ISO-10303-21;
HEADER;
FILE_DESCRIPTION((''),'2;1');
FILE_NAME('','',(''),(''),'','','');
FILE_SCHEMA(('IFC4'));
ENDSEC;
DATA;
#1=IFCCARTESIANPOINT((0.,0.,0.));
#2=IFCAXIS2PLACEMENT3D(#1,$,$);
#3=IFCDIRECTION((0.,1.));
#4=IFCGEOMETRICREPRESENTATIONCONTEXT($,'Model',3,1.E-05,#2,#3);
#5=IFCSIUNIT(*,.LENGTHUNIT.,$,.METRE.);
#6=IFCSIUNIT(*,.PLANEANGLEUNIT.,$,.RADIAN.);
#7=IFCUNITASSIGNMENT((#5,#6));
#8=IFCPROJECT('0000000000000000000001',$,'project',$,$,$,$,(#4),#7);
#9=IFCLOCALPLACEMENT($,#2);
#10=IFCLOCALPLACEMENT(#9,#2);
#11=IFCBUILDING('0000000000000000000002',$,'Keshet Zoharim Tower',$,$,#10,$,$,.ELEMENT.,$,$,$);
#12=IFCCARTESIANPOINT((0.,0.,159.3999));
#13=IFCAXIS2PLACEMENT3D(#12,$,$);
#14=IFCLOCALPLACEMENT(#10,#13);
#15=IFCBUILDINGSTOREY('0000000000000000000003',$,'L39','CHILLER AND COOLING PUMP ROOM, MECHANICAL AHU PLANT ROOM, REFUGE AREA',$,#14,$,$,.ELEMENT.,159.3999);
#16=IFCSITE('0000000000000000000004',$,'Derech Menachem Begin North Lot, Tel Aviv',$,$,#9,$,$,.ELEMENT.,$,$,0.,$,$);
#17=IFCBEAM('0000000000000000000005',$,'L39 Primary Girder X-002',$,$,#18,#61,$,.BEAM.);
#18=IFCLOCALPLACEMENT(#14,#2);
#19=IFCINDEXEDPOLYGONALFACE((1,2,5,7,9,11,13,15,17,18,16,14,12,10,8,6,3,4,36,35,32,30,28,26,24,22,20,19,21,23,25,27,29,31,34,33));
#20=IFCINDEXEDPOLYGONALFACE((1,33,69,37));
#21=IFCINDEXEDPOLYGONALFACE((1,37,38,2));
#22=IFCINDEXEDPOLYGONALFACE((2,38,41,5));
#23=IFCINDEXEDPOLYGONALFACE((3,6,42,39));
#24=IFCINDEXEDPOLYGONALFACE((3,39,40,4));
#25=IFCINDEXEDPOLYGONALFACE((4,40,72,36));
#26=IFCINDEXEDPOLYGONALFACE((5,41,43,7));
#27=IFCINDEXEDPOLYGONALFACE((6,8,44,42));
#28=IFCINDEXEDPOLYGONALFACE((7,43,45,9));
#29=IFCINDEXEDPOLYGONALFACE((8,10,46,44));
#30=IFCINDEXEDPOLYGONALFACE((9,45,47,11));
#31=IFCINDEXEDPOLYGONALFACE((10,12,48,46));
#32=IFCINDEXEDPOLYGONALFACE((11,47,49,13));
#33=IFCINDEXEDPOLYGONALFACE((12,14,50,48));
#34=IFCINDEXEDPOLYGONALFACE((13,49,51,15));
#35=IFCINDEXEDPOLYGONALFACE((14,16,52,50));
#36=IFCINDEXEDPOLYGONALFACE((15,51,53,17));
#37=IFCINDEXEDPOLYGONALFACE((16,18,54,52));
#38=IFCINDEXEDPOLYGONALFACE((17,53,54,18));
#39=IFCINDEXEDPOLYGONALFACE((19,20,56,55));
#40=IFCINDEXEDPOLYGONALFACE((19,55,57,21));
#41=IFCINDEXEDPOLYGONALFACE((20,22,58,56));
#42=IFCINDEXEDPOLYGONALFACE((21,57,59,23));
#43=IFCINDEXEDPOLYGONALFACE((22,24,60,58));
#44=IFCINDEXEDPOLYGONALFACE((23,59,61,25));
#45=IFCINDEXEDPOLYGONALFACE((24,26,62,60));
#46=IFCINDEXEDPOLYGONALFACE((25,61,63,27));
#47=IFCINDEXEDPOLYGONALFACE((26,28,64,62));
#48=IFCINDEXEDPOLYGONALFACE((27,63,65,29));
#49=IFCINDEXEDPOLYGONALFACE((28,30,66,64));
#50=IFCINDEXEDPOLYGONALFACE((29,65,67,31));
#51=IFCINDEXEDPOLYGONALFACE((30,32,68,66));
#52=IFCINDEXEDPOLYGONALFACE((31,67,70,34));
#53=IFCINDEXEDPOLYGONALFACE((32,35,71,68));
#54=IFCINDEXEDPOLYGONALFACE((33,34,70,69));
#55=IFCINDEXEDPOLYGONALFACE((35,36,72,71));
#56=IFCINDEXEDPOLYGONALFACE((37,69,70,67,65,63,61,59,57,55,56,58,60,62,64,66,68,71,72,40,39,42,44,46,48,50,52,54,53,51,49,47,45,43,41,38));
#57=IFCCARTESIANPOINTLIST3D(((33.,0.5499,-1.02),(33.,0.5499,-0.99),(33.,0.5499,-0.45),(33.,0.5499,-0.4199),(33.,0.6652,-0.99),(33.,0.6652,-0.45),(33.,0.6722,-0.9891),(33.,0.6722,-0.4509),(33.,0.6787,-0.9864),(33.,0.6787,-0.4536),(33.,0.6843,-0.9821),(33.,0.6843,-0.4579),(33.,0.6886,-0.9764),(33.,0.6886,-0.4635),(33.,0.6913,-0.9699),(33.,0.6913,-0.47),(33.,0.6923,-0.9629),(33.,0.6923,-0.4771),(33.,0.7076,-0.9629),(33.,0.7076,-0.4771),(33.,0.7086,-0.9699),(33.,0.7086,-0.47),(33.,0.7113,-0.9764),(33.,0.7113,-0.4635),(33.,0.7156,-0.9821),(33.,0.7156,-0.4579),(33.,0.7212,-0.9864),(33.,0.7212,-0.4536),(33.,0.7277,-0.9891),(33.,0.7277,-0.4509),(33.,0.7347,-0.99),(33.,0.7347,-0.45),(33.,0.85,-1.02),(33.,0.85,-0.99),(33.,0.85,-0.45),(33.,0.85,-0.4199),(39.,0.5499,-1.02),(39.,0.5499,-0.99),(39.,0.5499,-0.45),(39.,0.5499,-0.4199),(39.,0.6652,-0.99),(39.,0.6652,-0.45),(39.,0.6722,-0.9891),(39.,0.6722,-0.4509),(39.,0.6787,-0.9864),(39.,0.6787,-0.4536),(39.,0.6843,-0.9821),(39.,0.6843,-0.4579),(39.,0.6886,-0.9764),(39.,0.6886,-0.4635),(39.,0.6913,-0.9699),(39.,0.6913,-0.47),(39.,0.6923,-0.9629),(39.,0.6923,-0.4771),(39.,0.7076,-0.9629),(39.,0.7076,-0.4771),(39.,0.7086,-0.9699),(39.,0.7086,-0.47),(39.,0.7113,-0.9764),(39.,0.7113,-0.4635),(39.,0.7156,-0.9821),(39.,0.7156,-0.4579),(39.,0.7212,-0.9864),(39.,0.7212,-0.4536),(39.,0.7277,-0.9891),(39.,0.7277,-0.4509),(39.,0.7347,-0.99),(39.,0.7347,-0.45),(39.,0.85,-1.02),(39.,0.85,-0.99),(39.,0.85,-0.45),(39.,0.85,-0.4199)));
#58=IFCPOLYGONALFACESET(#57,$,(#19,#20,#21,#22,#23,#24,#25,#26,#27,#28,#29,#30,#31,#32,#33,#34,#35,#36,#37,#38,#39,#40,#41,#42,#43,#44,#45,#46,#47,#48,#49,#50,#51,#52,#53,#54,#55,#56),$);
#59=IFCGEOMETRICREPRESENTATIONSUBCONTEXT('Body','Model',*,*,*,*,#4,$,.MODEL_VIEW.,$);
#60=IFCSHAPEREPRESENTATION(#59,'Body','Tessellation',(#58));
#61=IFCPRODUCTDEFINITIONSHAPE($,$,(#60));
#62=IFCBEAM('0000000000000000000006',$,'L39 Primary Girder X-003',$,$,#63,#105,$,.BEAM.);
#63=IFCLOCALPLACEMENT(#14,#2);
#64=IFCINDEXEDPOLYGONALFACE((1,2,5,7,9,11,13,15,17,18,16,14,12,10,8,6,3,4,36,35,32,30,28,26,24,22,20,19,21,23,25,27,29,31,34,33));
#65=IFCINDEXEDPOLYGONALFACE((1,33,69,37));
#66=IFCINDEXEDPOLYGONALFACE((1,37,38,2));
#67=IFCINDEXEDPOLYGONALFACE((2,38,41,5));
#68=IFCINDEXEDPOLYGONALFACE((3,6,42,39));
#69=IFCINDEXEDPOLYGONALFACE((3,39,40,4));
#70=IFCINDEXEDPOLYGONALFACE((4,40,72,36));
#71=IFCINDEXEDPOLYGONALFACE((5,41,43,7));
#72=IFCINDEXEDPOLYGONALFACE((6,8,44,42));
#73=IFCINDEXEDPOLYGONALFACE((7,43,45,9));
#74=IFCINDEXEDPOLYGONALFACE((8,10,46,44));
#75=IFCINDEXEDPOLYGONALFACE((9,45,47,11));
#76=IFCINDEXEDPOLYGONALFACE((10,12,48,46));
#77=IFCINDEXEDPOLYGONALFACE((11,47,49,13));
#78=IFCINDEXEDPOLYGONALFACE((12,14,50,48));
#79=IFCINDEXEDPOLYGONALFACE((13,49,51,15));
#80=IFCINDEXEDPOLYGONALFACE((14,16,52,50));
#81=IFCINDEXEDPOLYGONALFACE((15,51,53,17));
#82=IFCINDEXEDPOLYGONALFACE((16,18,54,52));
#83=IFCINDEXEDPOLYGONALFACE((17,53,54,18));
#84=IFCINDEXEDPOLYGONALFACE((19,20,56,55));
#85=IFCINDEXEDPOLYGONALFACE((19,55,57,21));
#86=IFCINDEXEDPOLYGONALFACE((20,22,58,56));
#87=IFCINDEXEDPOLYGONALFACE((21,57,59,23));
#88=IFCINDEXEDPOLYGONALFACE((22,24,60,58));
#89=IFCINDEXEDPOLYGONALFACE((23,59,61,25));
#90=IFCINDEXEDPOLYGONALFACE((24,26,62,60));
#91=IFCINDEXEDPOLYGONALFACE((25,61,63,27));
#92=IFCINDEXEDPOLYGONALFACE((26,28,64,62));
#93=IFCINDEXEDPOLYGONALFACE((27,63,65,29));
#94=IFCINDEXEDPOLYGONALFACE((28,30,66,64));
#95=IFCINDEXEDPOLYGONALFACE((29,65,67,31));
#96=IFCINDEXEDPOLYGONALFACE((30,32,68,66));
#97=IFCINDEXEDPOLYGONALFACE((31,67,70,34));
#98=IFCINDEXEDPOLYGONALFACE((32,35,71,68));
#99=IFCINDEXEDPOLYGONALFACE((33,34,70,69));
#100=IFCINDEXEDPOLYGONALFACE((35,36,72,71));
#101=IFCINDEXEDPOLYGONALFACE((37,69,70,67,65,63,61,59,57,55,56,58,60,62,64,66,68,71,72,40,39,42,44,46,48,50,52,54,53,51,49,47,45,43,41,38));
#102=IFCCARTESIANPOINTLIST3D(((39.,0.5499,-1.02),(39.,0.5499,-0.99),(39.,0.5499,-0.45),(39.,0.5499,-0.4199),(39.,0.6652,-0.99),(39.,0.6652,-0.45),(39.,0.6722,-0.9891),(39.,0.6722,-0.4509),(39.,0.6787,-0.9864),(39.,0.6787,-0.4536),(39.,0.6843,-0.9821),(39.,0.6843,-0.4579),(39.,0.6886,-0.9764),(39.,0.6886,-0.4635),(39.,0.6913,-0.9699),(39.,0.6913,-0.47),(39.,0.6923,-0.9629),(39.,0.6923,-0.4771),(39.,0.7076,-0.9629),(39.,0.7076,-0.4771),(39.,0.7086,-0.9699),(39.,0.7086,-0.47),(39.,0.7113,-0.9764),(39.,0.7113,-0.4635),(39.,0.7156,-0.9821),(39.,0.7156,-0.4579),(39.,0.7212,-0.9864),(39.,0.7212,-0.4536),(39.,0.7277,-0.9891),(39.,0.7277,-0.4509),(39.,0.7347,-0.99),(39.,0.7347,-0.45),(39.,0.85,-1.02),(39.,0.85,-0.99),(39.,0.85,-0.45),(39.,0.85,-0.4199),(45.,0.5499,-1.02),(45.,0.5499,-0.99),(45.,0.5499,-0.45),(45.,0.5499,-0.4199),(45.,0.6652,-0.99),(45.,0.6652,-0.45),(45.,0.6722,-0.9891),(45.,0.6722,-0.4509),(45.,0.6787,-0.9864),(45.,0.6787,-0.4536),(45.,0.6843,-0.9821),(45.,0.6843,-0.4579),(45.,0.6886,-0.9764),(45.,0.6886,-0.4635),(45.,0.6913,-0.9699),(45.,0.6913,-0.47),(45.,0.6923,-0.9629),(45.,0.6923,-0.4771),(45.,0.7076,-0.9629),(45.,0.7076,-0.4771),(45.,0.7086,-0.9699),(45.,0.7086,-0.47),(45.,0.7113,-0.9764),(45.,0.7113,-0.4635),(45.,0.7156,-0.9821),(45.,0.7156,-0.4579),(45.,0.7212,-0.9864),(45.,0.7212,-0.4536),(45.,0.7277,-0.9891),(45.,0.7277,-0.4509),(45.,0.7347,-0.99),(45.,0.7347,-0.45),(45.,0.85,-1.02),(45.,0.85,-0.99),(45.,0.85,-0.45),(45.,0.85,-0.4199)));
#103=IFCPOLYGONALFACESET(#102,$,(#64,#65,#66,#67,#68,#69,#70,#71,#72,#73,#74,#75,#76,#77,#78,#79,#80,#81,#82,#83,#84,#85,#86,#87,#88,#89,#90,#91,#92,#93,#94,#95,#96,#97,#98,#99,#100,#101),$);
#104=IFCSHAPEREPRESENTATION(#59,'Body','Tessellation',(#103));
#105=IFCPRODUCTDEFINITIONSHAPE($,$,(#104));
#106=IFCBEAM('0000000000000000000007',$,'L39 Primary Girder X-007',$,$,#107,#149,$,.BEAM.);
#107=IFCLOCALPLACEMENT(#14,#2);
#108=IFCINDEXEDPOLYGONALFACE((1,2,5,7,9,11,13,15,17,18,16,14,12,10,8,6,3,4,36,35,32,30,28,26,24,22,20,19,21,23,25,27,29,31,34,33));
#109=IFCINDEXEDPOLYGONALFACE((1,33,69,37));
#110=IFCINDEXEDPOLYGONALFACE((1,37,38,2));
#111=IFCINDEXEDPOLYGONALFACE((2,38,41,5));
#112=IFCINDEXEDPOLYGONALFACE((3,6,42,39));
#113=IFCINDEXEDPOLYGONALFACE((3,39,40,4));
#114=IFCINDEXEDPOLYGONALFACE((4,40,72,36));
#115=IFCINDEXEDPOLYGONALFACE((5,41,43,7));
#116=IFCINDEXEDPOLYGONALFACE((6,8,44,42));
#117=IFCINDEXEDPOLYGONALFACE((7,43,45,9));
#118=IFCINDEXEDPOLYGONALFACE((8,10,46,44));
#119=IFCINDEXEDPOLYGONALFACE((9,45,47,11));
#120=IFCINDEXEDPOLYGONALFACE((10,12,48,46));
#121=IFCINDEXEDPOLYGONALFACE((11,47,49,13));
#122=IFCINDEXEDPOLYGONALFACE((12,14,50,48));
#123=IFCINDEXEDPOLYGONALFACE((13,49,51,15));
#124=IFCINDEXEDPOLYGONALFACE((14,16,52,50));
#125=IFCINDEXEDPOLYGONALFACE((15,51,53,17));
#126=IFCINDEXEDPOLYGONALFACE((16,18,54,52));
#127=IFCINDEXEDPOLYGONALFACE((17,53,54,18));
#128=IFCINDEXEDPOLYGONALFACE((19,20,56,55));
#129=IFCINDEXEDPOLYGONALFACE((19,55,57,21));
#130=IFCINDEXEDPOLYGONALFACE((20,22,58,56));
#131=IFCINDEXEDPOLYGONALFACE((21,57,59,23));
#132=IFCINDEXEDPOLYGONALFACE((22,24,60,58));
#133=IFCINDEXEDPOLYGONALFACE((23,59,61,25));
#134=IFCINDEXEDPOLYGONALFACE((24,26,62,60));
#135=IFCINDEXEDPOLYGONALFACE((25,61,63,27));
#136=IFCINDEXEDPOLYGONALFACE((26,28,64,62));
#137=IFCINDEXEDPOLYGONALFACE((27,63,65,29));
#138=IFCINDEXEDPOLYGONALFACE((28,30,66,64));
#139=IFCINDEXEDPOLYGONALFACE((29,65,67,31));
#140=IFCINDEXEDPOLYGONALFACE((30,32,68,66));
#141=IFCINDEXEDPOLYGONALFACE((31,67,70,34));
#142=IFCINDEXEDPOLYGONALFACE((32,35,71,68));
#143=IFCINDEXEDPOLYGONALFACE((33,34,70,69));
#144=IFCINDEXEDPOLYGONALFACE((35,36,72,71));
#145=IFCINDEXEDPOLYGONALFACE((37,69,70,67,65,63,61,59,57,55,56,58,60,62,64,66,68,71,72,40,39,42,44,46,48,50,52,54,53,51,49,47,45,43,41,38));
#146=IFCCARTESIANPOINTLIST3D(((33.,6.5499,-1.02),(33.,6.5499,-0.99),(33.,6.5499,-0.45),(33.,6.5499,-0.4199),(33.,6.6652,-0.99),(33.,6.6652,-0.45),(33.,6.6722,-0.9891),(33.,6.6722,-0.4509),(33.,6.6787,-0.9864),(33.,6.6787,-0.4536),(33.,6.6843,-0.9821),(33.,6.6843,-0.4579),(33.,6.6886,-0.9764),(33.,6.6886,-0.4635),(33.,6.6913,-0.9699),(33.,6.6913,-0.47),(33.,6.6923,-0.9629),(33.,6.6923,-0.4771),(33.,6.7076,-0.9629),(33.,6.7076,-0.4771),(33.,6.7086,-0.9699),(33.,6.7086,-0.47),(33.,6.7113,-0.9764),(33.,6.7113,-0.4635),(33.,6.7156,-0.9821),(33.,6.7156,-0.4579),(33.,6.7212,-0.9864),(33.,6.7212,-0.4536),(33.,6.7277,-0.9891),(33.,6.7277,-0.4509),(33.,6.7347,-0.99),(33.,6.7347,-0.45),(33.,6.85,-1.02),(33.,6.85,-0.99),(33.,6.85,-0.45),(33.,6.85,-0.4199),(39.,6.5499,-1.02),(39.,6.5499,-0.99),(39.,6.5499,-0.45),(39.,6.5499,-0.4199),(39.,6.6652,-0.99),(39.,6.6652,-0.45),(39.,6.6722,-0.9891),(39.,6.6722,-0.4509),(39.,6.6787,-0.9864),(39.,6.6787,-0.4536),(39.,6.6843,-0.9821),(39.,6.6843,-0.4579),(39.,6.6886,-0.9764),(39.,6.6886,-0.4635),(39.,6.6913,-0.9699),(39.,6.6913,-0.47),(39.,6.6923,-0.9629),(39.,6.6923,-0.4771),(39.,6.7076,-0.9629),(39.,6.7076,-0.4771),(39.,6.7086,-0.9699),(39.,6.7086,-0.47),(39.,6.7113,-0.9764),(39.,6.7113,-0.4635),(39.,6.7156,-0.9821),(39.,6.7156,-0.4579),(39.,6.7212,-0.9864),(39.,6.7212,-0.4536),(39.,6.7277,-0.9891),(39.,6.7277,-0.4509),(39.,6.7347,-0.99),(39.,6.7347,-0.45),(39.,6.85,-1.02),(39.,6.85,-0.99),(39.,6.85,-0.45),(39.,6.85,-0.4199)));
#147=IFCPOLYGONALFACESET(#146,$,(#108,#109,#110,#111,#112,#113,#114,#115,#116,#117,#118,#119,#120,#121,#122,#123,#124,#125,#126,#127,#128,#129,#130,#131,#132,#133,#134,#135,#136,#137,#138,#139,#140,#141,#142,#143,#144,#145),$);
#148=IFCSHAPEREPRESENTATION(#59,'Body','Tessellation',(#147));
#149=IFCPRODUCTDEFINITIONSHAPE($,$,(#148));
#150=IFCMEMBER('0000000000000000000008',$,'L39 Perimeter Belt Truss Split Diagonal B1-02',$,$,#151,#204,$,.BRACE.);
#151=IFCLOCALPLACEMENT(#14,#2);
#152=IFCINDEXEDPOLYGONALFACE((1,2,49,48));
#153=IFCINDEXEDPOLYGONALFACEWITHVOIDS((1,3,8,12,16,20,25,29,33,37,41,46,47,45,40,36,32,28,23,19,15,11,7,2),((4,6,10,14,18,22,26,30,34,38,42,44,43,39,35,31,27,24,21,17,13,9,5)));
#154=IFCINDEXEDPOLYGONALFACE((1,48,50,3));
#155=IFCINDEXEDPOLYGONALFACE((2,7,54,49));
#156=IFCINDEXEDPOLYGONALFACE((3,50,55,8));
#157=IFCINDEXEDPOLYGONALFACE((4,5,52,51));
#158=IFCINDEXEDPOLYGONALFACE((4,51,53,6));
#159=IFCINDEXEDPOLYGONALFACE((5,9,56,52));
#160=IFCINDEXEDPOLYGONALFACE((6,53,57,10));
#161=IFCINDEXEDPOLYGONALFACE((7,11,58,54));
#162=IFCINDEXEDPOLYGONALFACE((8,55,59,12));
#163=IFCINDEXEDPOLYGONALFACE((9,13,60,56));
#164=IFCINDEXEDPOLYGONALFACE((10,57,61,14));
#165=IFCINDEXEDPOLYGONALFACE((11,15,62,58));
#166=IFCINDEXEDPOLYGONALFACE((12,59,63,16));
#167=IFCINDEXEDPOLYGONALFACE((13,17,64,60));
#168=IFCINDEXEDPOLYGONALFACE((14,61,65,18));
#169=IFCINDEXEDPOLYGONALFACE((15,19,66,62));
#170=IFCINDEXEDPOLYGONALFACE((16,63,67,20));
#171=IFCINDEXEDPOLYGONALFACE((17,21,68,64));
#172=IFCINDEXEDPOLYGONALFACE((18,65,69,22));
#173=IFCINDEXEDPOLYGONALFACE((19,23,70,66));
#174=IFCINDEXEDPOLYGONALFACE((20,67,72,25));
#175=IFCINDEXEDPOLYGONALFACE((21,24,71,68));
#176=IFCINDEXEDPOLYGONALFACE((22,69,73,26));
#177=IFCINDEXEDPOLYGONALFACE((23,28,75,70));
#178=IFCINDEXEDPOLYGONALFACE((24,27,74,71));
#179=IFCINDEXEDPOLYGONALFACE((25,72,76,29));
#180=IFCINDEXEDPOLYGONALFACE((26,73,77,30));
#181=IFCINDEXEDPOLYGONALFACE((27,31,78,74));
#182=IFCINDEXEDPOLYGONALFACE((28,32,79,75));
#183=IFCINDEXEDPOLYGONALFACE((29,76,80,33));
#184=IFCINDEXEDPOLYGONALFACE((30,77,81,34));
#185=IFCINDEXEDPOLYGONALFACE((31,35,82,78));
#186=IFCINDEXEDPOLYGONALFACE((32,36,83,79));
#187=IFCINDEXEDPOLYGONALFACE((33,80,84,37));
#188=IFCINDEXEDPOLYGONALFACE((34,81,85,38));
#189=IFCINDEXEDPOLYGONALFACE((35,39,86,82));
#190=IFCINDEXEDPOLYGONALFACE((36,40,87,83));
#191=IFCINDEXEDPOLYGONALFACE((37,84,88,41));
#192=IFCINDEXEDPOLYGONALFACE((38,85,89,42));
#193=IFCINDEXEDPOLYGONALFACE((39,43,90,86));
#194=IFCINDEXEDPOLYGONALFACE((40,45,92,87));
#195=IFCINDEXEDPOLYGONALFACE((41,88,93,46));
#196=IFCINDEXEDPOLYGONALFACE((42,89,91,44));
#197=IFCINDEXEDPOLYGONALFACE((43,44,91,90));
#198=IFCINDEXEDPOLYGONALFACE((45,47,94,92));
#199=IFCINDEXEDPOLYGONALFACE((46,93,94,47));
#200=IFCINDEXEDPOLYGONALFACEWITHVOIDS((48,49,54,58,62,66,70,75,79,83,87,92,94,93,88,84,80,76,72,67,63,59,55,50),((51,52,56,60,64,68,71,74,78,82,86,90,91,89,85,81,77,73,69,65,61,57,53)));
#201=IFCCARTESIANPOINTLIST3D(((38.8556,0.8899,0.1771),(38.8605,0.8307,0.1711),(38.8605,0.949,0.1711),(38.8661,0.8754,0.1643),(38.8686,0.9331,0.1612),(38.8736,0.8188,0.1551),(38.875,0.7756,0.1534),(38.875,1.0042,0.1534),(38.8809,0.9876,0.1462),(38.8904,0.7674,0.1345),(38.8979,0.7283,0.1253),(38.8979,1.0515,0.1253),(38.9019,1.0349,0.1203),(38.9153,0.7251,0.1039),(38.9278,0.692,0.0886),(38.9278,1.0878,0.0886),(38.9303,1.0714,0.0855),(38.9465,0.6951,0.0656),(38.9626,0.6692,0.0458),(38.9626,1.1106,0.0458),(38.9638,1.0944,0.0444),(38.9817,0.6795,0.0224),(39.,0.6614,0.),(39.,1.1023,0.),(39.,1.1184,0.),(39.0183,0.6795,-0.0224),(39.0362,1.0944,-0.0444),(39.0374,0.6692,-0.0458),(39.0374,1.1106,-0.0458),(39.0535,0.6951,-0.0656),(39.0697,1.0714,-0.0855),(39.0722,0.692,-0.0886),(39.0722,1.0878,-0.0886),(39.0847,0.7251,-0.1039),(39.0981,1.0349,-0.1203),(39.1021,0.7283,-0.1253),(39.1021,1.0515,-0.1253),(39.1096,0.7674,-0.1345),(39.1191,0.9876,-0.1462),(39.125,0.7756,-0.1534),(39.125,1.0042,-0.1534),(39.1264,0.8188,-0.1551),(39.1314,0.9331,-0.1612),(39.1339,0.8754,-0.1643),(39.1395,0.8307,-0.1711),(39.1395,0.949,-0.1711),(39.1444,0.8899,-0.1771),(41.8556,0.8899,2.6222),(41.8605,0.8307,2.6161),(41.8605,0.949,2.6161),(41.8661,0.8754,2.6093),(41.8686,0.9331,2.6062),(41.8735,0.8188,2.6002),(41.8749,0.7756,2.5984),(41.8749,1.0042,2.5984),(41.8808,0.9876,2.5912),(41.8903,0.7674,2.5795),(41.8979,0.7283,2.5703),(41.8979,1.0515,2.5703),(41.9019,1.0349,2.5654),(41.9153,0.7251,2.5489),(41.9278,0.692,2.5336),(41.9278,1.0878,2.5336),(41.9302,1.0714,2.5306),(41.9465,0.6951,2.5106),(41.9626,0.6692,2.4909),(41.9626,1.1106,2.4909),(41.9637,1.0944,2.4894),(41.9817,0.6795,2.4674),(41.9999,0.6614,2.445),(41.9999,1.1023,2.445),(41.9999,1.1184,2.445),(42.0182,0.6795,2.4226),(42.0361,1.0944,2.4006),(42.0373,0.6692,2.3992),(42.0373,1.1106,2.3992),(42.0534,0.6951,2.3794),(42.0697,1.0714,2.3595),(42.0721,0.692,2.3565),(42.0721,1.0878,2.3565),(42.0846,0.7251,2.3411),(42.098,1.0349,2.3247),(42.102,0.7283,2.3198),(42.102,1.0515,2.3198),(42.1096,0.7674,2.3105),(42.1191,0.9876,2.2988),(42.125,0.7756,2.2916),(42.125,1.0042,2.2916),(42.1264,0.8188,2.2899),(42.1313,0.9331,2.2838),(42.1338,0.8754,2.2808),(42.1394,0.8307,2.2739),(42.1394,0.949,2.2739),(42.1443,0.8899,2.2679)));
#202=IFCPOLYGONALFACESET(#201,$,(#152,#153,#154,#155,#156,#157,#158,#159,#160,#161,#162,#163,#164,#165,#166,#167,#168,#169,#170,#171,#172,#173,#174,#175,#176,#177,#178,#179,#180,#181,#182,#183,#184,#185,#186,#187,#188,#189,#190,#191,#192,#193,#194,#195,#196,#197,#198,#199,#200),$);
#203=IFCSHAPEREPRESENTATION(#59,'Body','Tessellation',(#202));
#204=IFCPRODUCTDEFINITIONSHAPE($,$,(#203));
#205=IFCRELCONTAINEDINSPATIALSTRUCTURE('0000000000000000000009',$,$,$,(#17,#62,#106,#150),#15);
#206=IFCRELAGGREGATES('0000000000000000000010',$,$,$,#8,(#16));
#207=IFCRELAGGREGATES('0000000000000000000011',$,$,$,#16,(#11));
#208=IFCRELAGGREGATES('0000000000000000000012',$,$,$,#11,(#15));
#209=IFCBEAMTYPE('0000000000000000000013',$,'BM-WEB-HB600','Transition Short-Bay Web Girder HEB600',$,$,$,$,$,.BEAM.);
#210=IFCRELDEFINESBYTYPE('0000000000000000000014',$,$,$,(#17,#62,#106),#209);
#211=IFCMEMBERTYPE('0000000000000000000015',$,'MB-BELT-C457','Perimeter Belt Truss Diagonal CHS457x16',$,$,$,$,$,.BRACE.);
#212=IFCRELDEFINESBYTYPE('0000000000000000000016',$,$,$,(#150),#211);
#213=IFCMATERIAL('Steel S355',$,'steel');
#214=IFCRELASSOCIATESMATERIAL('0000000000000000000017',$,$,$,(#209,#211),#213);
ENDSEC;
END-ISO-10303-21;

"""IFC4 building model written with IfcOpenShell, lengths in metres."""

from ifc_helpers import new_model, si_unit, direction, frame, origin, origin_2d, place, context, subcontext, project, spatial, hollow_circle, i_section, extrude, material, material_profile, profile_set, type_object, element, save


model = new_model("IFC4")

# Units and contexts
model_context = context("Model", 3, precision=1e-05, world=origin(), true_north=direction((0.0, 1.0)))
body_context = subcontext(model_context, "Body", "Model", "MODEL_VIEW")
ifc_project = project(units=[si_unit("LENGTHUNIT", "METRE"), si_unit("PLANEANGLEUNIT", "RADIAN")], contexts=[model_context])

# Site, building, storey
site_placement = place(None, origin())
site = spatial("IfcSite", under=ifc_project, at=site_placement, Name="Derech Menachem Begin North Lot, Tel Aviv", CompositionType="ELEMENT", RefElevation=0.0)
building_placement = place(site_placement, origin())
building = spatial("IfcBuilding", under=site, at=building_placement, Name="Keshet Zoharim Tower", CompositionType="ELEMENT")
storey_placement = place(building_placement, frame((0.0, 0.0, 159.3999)))
storey = spatial("IfcBuildingStorey", under=building, at=storey_placement, Name="L39", Description="CHILLER AND COOLING PUMP ROOM, MECHANICAL AHU PLANT ROOM, REFUGE AREA", CompositionType="ELEMENT", Elevation=159.3999)

# Shared definitions
ifc_material_1 = material(Name="Steel S355", Category="steel")

# Beams
ifc_material_profile_1 = material_profile(ifc_material_1, i_section(OverallWidth=0.3, OverallDepth=0.6001, WebThickness=0.0154, FlangeThickness=0.03, FilletRadius=0.0271, at=origin_2d()), Name="HEB600")
ifc_profile_set_1 = profile_set([ifc_material_profile_1], Name="Steel S355")
beam_type_1 = type_object("IfcBeamType", Name="BM-WEB-HB600", Description="Transition Short-Bay Web Girder HEB600", PredefinedType="BEAM", material=ifc_profile_set_1)
for number, where, z_axis, x_axis, name in (
    (1, (33.0, 0.7, -0.72), (1.0, 0.0, 0.0), (0.0, 1.0, 0.0), "L39 Primary Girder X-002"),
    (2, (39.0, 0.7, -0.72), (1.0, 0.0, 0.0), (0.0, 1.0, 0.0), "L39 Primary Girder X-003"),
    (3, (33.0, 6.7, -0.72), (1.0, 0.0, 0.0), (0.0, 1.0, 0.0), "L39 Primary Girder X-007"),
):
    element("IfcBeam", number, at=place(storey_placement, frame(where, z_axis=z_axis, x_axis=x_axis)), inside=storey, type_object=beam_type_1, Name=name, PredefinedType="BEAM", context=body_context, shape_type="SweptSolid", body=[
        extrude(i_section(OverallWidth=0.3, OverallDepth=0.6001, WebThickness=0.0154, FlangeThickness=0.03, FilletRadius=0.0271, at=origin_2d()), origin(), (0.0, 0.0, 1.0), 6.0),
    ])

# Member
ifc_material_profile_2 = material_profile(ifc_material_1, hollow_circle(Radius=0.2285, WallThickness=0.0161, at=origin_2d()), Name="CHS457x16")
ifc_profile_set_2 = profile_set([ifc_material_profile_2], Name="Steel S355")
member_type_1 = type_object("IfcMemberType", Name="MB-BELT-C457", Description="Perimeter Belt Truss Diagonal CHS457x16", PredefinedType="BRACE", material=ifc_profile_set_2)
member_1_placement = place(storey_placement, frame((39.0, 0.8899, 0.0), z_axis=(0.775156, 0.0, 0.63177), x_axis=(0.0, 1.0, 0.0)))
element("IfcMember", 4, at=member_1_placement, inside=storey, type_object=member_type_1, Name="L39 Perimeter Belt Truss Split Diagonal B1-02", PredefinedType="BRACE", context=body_context, shape_type="SweptSolid", body=[
    extrude(hollow_circle(Radius=0.2285, WallThickness=0.0161, at=origin_2d()), origin(), (0.0, 0.0, 1.0), 3.8701),
])

save(model, "model.ifc")
